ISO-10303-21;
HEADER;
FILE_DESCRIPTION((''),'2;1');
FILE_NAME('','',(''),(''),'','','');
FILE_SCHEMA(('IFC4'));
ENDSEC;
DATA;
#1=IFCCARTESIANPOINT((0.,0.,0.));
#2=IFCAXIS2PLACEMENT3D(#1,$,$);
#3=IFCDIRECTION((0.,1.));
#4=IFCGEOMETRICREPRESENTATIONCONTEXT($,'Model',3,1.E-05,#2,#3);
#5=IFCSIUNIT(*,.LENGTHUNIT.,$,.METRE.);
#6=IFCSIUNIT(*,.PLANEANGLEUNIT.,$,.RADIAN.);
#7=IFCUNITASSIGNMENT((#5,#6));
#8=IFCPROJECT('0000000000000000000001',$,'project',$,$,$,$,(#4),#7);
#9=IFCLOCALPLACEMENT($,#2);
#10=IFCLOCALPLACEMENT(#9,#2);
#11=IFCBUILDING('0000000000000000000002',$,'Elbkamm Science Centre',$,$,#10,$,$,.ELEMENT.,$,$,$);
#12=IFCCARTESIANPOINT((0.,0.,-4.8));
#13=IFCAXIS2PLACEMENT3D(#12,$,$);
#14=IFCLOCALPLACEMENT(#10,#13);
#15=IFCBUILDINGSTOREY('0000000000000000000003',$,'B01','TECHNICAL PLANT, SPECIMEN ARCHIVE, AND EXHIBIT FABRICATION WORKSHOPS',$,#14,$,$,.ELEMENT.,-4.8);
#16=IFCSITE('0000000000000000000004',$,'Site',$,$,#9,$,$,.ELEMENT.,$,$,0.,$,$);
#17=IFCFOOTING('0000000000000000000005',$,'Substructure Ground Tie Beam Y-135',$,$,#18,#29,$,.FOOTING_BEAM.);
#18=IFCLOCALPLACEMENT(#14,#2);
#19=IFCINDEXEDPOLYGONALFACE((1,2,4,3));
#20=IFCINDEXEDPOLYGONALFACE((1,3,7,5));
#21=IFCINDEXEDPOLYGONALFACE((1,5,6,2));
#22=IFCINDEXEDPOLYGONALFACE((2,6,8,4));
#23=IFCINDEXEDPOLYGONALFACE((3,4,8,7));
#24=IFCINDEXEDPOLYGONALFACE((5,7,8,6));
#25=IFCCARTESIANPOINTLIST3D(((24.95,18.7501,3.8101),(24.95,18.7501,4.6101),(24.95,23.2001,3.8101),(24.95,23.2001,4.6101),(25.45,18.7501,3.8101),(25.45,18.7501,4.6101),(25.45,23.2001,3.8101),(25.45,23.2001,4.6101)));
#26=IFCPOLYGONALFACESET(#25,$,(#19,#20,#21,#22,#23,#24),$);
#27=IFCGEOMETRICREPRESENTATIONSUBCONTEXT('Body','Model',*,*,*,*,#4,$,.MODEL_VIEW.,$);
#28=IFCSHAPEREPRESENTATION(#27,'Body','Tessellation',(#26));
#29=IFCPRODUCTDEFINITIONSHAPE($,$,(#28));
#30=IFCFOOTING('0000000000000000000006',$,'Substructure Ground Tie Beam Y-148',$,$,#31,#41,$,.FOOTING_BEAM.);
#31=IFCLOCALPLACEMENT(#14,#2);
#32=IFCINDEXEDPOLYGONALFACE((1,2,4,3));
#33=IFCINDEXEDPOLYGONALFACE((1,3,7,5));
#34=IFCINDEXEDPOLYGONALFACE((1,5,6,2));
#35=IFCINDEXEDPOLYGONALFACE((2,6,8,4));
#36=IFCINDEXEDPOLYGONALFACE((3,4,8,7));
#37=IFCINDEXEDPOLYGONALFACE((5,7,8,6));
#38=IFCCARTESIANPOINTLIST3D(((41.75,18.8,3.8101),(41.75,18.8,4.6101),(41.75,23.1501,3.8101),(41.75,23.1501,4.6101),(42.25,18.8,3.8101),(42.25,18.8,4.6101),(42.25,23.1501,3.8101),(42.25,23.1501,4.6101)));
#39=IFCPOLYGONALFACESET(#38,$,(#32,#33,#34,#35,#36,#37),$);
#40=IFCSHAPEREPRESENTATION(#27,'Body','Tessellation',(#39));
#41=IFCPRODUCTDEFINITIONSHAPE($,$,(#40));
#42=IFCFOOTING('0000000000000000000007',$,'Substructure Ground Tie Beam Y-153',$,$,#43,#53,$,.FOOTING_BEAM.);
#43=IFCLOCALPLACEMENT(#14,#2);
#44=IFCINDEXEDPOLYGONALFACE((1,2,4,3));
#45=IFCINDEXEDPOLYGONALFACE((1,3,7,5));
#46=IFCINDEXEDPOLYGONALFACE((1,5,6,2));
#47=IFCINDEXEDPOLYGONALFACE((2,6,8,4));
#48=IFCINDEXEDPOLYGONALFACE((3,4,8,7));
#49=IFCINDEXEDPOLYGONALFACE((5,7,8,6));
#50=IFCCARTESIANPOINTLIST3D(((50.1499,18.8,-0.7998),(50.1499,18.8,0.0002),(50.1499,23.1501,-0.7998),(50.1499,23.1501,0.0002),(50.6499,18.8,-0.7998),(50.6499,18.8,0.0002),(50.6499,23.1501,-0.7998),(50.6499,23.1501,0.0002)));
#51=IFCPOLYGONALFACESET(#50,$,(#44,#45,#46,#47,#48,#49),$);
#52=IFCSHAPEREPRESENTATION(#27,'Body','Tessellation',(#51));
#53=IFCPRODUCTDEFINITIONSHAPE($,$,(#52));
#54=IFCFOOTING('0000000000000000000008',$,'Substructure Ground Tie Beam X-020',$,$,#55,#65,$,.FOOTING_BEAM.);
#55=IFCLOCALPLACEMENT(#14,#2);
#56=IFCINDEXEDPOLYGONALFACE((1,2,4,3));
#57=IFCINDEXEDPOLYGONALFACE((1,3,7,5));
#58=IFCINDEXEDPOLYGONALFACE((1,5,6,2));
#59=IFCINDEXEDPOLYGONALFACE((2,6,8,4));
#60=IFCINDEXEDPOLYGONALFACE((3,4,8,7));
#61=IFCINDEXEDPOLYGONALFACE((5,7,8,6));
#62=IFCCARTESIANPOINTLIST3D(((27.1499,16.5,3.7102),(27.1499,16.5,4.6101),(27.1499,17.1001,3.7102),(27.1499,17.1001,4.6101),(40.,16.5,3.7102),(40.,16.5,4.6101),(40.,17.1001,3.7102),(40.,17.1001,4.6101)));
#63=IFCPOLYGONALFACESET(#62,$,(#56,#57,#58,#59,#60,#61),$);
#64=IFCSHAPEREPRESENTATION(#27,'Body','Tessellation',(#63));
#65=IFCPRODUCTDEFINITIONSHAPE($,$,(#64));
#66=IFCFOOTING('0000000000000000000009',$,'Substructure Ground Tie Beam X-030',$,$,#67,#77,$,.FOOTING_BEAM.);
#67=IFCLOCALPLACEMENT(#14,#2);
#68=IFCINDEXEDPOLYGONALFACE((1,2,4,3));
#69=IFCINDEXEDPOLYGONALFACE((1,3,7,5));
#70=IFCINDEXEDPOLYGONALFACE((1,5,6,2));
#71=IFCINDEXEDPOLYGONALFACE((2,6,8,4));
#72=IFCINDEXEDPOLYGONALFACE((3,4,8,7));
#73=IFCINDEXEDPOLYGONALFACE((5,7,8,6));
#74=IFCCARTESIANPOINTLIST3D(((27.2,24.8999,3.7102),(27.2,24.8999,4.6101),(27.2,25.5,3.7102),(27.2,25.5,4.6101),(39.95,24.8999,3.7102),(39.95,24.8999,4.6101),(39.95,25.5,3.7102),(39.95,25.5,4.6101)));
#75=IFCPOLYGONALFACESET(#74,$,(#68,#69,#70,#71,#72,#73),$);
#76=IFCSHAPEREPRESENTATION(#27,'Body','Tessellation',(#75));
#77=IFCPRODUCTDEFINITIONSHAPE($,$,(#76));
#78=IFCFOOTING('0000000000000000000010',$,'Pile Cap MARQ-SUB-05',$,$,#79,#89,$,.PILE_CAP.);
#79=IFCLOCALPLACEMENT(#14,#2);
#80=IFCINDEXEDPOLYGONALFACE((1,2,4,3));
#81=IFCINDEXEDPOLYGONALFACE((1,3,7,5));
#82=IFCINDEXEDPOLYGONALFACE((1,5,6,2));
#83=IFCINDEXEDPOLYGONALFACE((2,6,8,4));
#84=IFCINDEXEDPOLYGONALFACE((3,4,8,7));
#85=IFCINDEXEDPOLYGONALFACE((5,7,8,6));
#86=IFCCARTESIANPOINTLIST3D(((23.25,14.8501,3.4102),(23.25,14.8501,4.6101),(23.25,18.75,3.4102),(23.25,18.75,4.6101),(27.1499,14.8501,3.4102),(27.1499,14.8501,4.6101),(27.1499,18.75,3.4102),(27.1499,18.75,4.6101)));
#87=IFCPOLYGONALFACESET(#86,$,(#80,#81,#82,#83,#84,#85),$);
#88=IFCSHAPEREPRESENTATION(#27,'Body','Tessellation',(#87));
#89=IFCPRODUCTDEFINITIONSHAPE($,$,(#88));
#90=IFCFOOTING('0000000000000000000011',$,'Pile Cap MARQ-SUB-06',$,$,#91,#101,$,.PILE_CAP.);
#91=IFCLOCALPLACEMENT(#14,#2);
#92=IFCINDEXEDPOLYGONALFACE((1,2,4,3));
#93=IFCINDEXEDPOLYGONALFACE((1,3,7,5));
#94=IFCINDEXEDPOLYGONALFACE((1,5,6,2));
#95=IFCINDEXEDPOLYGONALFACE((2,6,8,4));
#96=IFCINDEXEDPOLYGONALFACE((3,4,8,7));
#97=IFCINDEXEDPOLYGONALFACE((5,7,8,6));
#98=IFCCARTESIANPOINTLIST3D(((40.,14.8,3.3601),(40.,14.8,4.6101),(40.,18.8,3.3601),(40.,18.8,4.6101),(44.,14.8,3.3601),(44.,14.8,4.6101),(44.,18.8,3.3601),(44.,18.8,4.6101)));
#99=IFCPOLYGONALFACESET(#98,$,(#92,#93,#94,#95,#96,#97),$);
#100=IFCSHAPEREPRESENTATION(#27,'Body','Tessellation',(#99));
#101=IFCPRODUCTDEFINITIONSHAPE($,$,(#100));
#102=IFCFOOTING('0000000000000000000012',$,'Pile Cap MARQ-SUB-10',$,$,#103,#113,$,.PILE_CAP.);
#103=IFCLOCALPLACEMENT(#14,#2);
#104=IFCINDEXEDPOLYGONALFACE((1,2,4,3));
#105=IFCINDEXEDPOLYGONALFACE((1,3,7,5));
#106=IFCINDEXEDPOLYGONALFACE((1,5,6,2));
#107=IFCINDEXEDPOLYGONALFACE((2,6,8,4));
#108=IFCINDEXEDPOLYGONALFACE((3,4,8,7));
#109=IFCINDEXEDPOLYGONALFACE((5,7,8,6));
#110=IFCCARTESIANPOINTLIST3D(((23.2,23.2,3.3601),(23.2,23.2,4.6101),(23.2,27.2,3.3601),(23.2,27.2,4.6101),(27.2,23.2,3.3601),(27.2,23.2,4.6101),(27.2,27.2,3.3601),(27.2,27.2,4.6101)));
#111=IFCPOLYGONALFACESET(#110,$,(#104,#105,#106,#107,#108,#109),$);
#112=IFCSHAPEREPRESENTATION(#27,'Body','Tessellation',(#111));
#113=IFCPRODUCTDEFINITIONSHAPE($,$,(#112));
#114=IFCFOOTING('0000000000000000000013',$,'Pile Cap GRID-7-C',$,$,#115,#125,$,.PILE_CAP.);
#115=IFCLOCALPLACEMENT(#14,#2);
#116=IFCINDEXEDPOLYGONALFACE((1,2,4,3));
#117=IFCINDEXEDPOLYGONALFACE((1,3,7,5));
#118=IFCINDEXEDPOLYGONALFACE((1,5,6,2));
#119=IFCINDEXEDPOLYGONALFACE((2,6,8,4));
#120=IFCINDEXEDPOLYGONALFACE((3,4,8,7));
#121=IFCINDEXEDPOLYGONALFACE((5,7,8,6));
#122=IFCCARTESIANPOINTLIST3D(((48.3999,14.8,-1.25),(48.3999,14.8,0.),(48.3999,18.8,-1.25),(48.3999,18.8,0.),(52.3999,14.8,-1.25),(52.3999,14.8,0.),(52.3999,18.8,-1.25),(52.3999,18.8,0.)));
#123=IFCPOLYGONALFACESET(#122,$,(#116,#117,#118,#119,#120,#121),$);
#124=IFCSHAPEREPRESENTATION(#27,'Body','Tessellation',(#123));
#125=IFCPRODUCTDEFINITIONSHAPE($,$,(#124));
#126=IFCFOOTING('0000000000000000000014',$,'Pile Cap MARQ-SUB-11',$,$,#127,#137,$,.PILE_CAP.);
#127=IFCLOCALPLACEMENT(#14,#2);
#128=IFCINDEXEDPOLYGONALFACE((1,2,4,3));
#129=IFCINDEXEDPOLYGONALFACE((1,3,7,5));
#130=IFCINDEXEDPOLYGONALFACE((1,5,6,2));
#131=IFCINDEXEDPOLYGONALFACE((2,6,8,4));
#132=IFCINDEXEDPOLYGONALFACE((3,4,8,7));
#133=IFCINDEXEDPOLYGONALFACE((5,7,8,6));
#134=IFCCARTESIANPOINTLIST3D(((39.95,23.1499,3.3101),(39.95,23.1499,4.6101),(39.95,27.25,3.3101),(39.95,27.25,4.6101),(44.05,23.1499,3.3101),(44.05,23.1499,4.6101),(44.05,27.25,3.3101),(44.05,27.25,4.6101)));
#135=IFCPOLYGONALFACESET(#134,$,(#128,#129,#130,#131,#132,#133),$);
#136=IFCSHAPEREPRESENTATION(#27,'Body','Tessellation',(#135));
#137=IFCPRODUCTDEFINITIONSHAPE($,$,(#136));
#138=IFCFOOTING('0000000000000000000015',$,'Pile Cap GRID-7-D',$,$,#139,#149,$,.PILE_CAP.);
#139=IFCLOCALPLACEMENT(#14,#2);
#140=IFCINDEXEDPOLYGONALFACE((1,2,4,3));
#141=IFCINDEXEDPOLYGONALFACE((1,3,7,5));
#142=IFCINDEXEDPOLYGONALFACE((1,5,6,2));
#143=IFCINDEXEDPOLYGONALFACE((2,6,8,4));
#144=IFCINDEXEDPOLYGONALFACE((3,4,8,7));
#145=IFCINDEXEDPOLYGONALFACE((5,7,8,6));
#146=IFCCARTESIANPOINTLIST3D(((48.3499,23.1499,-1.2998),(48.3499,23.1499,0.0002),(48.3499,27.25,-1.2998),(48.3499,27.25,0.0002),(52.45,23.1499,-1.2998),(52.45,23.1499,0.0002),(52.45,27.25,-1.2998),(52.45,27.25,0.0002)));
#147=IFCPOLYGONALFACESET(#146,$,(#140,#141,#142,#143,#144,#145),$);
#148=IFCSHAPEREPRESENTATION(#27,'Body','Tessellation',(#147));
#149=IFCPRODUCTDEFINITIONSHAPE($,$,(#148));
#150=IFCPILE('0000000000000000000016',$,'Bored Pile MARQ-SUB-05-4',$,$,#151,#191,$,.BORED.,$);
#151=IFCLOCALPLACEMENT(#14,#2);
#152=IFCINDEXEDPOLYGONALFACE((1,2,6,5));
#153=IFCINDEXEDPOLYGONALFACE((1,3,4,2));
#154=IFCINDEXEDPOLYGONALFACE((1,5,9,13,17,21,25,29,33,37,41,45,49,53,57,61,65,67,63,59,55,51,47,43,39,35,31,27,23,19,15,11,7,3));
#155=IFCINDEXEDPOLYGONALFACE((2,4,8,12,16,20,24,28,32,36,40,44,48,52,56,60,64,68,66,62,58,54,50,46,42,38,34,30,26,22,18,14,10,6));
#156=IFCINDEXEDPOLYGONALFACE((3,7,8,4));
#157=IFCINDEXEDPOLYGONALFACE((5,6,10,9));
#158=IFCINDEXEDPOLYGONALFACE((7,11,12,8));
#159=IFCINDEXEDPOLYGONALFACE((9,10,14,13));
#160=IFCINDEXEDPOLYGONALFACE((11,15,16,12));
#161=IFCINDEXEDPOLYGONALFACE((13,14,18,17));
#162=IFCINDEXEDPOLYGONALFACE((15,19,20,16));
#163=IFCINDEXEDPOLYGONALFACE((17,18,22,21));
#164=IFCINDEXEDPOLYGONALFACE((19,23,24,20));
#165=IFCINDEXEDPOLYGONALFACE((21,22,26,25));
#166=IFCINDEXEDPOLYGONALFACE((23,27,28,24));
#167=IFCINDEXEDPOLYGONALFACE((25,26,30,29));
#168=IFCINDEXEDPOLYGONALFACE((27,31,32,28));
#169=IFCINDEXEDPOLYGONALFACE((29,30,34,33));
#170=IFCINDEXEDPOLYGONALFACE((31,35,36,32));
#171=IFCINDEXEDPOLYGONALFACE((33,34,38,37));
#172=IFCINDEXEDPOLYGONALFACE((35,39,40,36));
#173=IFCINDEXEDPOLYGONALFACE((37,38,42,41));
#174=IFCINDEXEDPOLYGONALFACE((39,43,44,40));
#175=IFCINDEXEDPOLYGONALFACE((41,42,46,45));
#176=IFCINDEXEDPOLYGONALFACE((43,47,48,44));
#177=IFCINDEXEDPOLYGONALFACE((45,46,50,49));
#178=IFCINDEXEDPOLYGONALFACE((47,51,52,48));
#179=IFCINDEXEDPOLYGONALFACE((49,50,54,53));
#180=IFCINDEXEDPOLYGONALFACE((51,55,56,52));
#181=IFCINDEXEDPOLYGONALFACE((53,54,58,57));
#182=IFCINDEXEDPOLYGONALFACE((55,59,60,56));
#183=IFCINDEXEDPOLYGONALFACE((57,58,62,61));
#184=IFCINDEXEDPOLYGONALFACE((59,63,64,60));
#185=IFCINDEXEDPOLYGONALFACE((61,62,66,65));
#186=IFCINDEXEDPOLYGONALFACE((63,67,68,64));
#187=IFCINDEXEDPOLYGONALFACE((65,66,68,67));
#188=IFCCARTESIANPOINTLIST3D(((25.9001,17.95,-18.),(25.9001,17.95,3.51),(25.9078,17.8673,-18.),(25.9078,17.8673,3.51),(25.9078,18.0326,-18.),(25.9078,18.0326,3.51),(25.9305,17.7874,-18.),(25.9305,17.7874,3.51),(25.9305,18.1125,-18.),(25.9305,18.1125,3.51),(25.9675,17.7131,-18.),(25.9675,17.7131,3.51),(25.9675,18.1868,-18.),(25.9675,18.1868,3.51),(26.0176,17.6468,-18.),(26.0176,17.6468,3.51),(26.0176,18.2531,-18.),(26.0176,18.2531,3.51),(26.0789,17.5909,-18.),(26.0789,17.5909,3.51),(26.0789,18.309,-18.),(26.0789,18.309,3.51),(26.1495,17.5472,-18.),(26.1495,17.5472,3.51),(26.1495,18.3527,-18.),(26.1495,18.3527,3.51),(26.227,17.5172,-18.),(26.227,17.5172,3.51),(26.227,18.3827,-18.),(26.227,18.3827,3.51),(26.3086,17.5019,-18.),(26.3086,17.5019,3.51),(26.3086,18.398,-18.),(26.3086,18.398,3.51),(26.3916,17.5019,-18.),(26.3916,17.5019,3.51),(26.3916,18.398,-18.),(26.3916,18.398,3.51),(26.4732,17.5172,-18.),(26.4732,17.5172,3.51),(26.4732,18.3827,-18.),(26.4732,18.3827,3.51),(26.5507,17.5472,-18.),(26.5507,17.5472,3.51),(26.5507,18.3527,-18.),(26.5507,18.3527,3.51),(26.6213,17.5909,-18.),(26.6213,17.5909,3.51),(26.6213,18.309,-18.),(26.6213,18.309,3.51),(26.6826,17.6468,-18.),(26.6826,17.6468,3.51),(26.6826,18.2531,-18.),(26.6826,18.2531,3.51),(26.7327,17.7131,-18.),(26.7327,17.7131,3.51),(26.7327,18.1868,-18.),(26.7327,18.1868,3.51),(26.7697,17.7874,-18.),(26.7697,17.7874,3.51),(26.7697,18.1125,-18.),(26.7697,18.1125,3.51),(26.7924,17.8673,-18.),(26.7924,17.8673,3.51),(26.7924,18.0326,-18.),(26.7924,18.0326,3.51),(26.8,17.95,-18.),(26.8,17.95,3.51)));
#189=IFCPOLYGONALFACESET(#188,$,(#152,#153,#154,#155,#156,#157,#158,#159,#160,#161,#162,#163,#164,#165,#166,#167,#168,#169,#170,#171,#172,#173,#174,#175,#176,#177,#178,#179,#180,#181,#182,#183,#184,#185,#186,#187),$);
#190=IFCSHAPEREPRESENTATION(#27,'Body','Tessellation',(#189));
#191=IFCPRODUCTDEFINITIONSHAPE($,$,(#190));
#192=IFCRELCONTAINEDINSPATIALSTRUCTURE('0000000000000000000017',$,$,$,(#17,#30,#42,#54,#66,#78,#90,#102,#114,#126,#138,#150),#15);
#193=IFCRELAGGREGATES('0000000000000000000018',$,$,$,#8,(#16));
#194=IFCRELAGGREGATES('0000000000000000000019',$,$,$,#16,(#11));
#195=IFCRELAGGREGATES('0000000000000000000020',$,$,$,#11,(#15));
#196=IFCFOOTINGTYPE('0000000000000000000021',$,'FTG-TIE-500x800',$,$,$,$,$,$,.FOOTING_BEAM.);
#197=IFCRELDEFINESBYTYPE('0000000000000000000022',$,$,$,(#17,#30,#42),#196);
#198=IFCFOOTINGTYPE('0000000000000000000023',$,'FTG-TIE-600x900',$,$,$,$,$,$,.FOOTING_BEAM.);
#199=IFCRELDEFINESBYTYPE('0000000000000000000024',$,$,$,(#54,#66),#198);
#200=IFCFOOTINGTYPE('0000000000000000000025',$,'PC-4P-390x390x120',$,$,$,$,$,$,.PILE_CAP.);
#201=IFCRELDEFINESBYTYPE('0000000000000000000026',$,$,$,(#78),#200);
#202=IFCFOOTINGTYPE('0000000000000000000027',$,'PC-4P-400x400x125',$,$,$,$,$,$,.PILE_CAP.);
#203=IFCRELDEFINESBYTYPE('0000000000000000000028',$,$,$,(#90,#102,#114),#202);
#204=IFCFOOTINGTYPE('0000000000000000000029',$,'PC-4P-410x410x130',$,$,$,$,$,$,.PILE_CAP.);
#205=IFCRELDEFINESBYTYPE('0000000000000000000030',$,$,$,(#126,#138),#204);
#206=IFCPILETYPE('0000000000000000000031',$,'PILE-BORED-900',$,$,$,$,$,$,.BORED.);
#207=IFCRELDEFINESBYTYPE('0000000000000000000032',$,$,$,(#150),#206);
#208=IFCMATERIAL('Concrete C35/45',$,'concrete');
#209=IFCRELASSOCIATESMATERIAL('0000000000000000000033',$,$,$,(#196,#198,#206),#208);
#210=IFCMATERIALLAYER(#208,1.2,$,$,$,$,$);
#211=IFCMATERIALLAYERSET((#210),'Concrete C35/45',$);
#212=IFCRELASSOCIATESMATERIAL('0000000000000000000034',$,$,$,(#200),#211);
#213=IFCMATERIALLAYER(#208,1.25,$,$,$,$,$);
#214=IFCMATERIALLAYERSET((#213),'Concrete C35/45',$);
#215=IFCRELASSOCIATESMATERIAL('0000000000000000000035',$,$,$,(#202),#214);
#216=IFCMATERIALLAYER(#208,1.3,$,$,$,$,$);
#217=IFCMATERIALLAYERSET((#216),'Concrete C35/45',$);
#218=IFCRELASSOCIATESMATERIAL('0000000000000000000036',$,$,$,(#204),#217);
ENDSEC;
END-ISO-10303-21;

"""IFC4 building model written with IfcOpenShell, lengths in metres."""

from ifc_helpers import new_model, si_unit, direction, frame, origin, origin_2d, place, context, subcontext, project, spatial, rectangle, circle, extrude, material, layer, layer_set, material_profile, profile_set, type_object, element, save


model = new_model("IFC4")

# Units and contexts
model_context = context("Model", 3, precision=1e-05, world=origin(), true_north=direction((0.0, 1.0)))
body_context = subcontext(model_context, "Body", "Model", "MODEL_VIEW")
ifc_project = project(units=[si_unit("LENGTHUNIT", "METRE"), si_unit("PLANEANGLEUNIT", "RADIAN")], contexts=[model_context])

# Site, building, storey
site_placement = place(None, origin())
site = spatial("IfcSite", under=ifc_project, at=site_placement, Name="Site", CompositionType="ELEMENT", RefElevation=0.0)
building_placement = place(site_placement, origin())
building = spatial("IfcBuilding", under=site, at=building_placement, Name="Elbkamm Science Centre", CompositionType="ELEMENT")
storey_placement = place(building_placement, frame((0.0, 0.0, -4.8)))
storey = spatial("IfcBuildingStorey", under=building, at=storey_placement, Name="B01", Description="TECHNICAL PLANT, SPECIMEN ARCHIVE, AND EXHIBIT FABRICATION WORKSHOPS", CompositionType="ELEMENT", Elevation=-4.8)

# Footings
ifc_material_1 = material(Name="Concrete C35/45", Category="concrete")
footing_type_1 = type_object("IfcFootingType", Name="FTG-TIE-500x800", PredefinedType="FOOTING_BEAM", material=ifc_material_1)
footing_1_placement = place(storey_placement, frame((25.2, 20.9751, 3.8101), z_axis=(0.0, 0.0, 1.0), x_axis=(1.0, 0.0, 0.0)))
element("IfcFooting", 1, at=footing_1_placement, inside=storey, type_object=footing_type_1, Name="Substructure Ground Tie Beam Y-135", PredefinedType="FOOTING_BEAM", context=body_context, shape_type="SweptSolid", body=[
    extrude(rectangle(XDim=0.5, YDim=4.45, at=origin_2d()), origin(), (0.0, 0.0, 1.0), 0.8),
])
for number, where, z_axis, x_axis, name in (
    (2, (42.0, 20.9751, 3.8101), (0.0, 0.0, 1.0), (1.0, 0.0, 0.0), "Substructure Ground Tie Beam Y-148"),
    (3, (50.3999, 20.9751, -0.7998), (0.0, 0.0, 1.0), (1.0, 0.0, 0.0), "Substructure Ground Tie Beam Y-153"),
):
    element("IfcFooting", number, at=place(storey_placement, frame(where, z_axis=z_axis, x_axis=x_axis)), inside=storey, type_object=footing_type_1, Name=name, PredefinedType="FOOTING_BEAM", context=body_context, shape_type="SweptSolid", body=[
        extrude(rectangle(XDim=0.5, YDim=4.3501, at=origin_2d()), origin(), (0.0, 0.0, 1.0), 0.8),
    ])
footing_type_2 = type_object("IfcFootingType", Name="FTG-TIE-600x900", PredefinedType="FOOTING_BEAM", material=ifc_material_1)
footing_2_placement = place(storey_placement, frame((33.575, 16.8, 3.7102), z_axis=(0.0, 0.0, 1.0), x_axis=(1.0, 0.0, 0.0)))
element("IfcFooting", 4, at=footing_2_placement, inside=storey, type_object=footing_type_2, Name="Substructure Ground Tie Beam X-020", PredefinedType="FOOTING_BEAM", context=body_context, shape_type="SweptSolid", body=[
    extrude(rectangle(XDim=12.8501, YDim=0.6001, at=origin_2d()), origin(), (0.0, 0.0, 1.0), 0.8999),
])
footing_3_placement = place(storey_placement, frame((33.575, 25.2, 3.7102), z_axis=(0.0, 0.0, 1.0), x_axis=(1.0, 0.0, 0.0)))
element("IfcFooting", 5, at=footing_3_placement, inside=storey, type_object=footing_type_2, Name="Substructure Ground Tie Beam X-030", PredefinedType="FOOTING_BEAM", context=body_context, shape_type="SweptSolid", body=[
    extrude(rectangle(XDim=12.75, YDim=0.6001, at=origin_2d()), origin(), (0.0, 0.0, 1.0), 0.8999),
])
ifc_layer_1 = layer(ifc_material_1, 1.2)
ifc_layer_set_1 = layer_set([ifc_layer_1], Name="Concrete C35/45")
footing_type_3 = type_object("IfcFootingType", Name="PC-4P-390x390x120", PredefinedType="PILE_CAP", material=ifc_layer_set_1)
footing_4_placement = place(storey_placement, frame((25.2, 16.8, 3.4102), z_axis=(0.0, 0.0, 1.0), x_axis=(1.0, 0.0, 0.0)))
element("IfcFooting", 6, at=footing_4_placement, inside=storey, type_object=footing_type_3, Name="Pile Cap MARQ-SUB-05", PredefinedType="PILE_CAP", context=body_context, shape_type="SweptSolid", body=[
    extrude(rectangle(XDim=3.8999, YDim=3.8999, at=origin_2d()), origin(), (0.0, 0.0, 1.0), 1.2),
])
ifc_layer_2 = layer(ifc_material_1, 1.25)
ifc_layer_set_2 = layer_set([ifc_layer_2], Name="Concrete C35/45")
footing_type_4 = type_object("IfcFootingType", Name="PC-4P-400x400x125", PredefinedType="PILE_CAP", material=ifc_layer_set_2)
for number, where, z_axis, x_axis, name in (
    (7, (42.0, 16.8, 3.3601), (0.0, 0.0, 1.0), (1.0, 0.0, 0.0), "Pile Cap MARQ-SUB-06"),
    (8, (25.2, 25.2, 3.3601), (0.0, 0.0, 1.0), (1.0, 0.0, 0.0), "Pile Cap MARQ-SUB-10"),
    (9, (50.3999, 16.8, -1.25), (0.0, 0.0, 1.0), (1.0, 0.0, 0.0), "Pile Cap GRID-7-C"),
):
    element("IfcFooting", number, at=place(storey_placement, frame(where, z_axis=z_axis, x_axis=x_axis)), inside=storey, type_object=footing_type_4, Name=name, PredefinedType="PILE_CAP", context=body_context, shape_type="SweptSolid", body=[
        extrude(rectangle(XDim=4.0, YDim=4.0, at=origin_2d()), origin(), (0.0, 0.0, 1.0), 1.25),
    ])
ifc_layer_3 = layer(ifc_material_1, 1.3)
ifc_layer_set_3 = layer_set([ifc_layer_3], Name="Concrete C35/45")
footing_type_5 = type_object("IfcFootingType", Name="PC-4P-410x410x130", PredefinedType="PILE_CAP", material=ifc_layer_set_3)
for number, where, z_axis, x_axis, name in (
    (10, (42.0, 25.2, 3.3101), (0.0, 0.0, 1.0), (1.0, 0.0, 0.0), "Pile Cap MARQ-SUB-11"),
    (11, (50.3999, 25.2, -1.2998), (0.0, 0.0, 1.0), (1.0, 0.0, 0.0), "Pile Cap GRID-7-D"),
):
    element("IfcFooting", number, at=place(storey_placement, frame(where, z_axis=z_axis, x_axis=x_axis)), inside=storey, type_object=footing_type_5, Name=name, PredefinedType="PILE_CAP", context=body_context, shape_type="SweptSolid", body=[
        extrude(rectangle(XDim=4.1001, YDim=4.1001, at=origin_2d()), origin(), (0.0, 0.0, 1.0), 1.3),
    ])

# Pile
ifc_material_profile_1 = material_profile(ifc_material_1, circle(Radius=0.45, at=origin_2d()), Name="PILE D900")
ifc_profile_set_1 = profile_set([ifc_material_profile_1], Name="Concrete C35/45")
pile_type = type_object("IfcPileType", Name="PILE-BORED-900", PredefinedType="BORED", material=ifc_profile_set_1)
pile_placement = place(storey_placement, frame((26.3501, 17.95, 3.51), z_axis=(0.0, 0.0, -1.0), x_axis=(1.0, 0.0, 0.0)))
element("IfcPile", 12, at=pile_placement, inside=storey, type_object=pile_type, Name="Bored Pile MARQ-SUB-05-4", PredefinedType="BORED", context=body_context, shape_type="SweptSolid", body=[
    extrude(circle(Radius=0.45, at=origin_2d()), origin(), (0.0, 0.0, 1.0), 21.51),
])

save(model, "model.ifc")
